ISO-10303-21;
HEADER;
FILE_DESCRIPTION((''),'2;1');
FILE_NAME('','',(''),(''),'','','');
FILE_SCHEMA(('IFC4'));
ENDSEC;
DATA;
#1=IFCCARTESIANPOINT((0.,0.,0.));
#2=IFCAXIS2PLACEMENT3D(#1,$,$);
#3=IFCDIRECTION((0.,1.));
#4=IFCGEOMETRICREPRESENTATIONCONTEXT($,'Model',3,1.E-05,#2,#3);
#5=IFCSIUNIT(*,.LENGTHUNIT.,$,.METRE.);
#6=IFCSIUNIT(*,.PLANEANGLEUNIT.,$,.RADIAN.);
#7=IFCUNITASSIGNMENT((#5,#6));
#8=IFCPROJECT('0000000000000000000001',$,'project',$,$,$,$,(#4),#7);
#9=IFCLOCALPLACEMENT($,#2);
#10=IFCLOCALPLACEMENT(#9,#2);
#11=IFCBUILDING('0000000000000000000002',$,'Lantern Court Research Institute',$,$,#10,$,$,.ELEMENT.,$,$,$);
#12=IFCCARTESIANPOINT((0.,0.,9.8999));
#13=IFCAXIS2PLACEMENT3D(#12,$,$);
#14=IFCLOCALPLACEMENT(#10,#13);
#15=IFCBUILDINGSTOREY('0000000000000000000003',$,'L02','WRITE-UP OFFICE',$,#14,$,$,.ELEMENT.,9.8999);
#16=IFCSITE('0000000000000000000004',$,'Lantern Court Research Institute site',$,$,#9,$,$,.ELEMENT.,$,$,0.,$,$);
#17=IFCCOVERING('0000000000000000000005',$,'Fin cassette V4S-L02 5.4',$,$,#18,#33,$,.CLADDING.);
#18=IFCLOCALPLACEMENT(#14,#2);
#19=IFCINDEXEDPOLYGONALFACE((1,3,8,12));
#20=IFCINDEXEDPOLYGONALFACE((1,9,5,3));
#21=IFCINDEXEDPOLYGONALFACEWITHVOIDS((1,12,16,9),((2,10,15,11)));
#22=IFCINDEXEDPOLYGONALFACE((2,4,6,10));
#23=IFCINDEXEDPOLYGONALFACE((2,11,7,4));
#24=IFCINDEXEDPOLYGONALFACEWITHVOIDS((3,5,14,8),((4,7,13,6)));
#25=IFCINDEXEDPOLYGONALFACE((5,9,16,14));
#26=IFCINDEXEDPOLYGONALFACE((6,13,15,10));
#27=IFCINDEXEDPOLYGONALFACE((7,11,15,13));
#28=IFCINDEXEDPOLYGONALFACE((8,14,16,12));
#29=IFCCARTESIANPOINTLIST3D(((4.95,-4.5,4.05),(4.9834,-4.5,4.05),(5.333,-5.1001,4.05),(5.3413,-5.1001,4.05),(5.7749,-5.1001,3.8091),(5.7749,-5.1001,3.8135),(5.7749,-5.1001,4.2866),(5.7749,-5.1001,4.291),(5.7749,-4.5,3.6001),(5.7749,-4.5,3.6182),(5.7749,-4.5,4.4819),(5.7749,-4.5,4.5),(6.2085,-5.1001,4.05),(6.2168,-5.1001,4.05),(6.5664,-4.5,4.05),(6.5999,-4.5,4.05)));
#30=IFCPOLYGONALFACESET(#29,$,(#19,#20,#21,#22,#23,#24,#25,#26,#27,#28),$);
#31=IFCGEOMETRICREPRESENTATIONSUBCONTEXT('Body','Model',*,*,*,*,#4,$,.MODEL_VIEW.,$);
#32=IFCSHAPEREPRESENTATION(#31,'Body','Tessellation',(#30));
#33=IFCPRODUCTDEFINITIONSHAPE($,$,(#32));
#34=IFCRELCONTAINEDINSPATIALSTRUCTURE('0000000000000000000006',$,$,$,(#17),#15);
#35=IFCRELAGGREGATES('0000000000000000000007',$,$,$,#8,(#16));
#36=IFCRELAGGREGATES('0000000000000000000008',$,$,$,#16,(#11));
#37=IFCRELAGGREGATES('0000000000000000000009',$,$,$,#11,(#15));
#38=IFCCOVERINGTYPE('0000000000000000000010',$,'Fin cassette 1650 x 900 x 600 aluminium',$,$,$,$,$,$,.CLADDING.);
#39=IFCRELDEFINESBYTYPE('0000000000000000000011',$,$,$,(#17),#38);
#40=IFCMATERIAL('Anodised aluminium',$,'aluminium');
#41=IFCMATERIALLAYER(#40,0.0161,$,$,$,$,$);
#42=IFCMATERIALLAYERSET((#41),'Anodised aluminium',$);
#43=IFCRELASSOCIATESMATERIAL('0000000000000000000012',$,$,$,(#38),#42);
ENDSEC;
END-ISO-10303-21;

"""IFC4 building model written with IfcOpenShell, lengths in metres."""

from ifc_helpers import new_model, entity, si_unit, direction, frame, origin, place, context, subcontext, project, spatial, material, layer, layer_set, type_object, element, save


model = new_model("IFC4")

# Units and contexts
model_context = context("Model", 3, precision=1e-05, world=origin(), true_north=direction((0.0, 1.0)))
body_context = subcontext(model_context, "Body", "Model", "MODEL_VIEW")
ifc_project = project(units=[si_unit("LENGTHUNIT", "METRE"), si_unit("PLANEANGLEUNIT", "RADIAN")], contexts=[model_context])

# Site, building, storey
site_placement = place(None, origin())
site = spatial("IfcSite", under=ifc_project, at=site_placement, Name="Lantern Court Research Institute site", CompositionType="ELEMENT", RefElevation=0.0)
building_placement = place(site_placement, origin())
building = spatial("IfcBuilding", under=site, at=building_placement, Name="Lantern Court Research Institute", CompositionType="ELEMENT")
storey_placement = place(building_placement, frame((0.0, 0.0, 9.8999)))
storey = spatial("IfcBuildingStorey", under=building, at=storey_placement, Name="L02", Description="WRITE-UP OFFICE", CompositionType="ELEMENT", Elevation=9.8999)

# Covering
ifc_material_1 = material(Name="Anodised aluminium", Category="aluminium")
ifc_layer_1 = layer(ifc_material_1, 0.0161)
ifc_layer_set_1 = layer_set([ifc_layer_1], Name="Anodised aluminium")
covering_type = type_object("IfcCoveringType", Name="Fin cassette 1650 x 900 x 600 aluminium", PredefinedType="CLADDING", material=ifc_layer_set_1)
covering_1_placement = place(storey_placement, frame((5.7749, -4.5, 4.05), z_axis=(0.0, -1.0, 0.0), x_axis=(1.0, 0.0, 0.0)))
cartesian_point_1 = entity("IfcCartesianPoint", [0.825, 0.0])
cartesian_point_2 = entity("IfcCartesianPoint", [0.7915, 0.0])
cartesian_point_3 = entity("IfcCartesianPoint", [0.4419, 0.0])
cartesian_point_4 = entity("IfcCartesianPoint", [0.4336, 0.0])
element("IfcCovering", 1, at=covering_1_placement, inside=storey, type_object=covering_type, Name="Fin cassette V4S-L02 5.4", PredefinedType="CLADDING", context=body_context, shape_type="SweptSolid", body=[
    entity("IfcExtrudedAreaSolidTapered", entity("IfcArbitraryProfileDefWithVoids", "AREA", None, entity("IfcPolyline", [cartesian_point_1, entity("IfcCartesianPoint", [0.0, 0.45]), entity("IfcCartesianPoint", [-0.825, 0.0]), entity("IfcCartesianPoint", [0.0, -0.45]), cartesian_point_1]), [entity("IfcPolyline", [cartesian_point_2, entity("IfcCartesianPoint", [0.0, 0.4319]), entity("IfcCartesianPoint", [-0.7915, 0.0]), entity("IfcCartesianPoint", [0.0, -0.4319]), cartesian_point_2])]), entity("IfcAxis2Placement3D", entity("IfcCartesianPoint", [0.0, 0.0, 0.0])), entity("IfcDirection", [0.0, 0.0, 1.0]), 0.6001, entity("IfcArbitraryProfileDefWithVoids", "AREA", None, entity("IfcPolyline", [cartesian_point_3, entity("IfcCartesianPoint", [0.0, 0.241]), entity("IfcCartesianPoint", [-0.4419, 0.0]), entity("IfcCartesianPoint", [0.0, -0.241]), cartesian_point_3]), [entity("IfcPolyline", [cartesian_point_4, entity("IfcCartesianPoint", [0.0, 0.2366]), entity("IfcCartesianPoint", [-0.4336, 0.0]), entity("IfcCartesianPoint", [0.0, -0.2366]), cartesian_point_4])])),
])

save(model, "model.ifc")
